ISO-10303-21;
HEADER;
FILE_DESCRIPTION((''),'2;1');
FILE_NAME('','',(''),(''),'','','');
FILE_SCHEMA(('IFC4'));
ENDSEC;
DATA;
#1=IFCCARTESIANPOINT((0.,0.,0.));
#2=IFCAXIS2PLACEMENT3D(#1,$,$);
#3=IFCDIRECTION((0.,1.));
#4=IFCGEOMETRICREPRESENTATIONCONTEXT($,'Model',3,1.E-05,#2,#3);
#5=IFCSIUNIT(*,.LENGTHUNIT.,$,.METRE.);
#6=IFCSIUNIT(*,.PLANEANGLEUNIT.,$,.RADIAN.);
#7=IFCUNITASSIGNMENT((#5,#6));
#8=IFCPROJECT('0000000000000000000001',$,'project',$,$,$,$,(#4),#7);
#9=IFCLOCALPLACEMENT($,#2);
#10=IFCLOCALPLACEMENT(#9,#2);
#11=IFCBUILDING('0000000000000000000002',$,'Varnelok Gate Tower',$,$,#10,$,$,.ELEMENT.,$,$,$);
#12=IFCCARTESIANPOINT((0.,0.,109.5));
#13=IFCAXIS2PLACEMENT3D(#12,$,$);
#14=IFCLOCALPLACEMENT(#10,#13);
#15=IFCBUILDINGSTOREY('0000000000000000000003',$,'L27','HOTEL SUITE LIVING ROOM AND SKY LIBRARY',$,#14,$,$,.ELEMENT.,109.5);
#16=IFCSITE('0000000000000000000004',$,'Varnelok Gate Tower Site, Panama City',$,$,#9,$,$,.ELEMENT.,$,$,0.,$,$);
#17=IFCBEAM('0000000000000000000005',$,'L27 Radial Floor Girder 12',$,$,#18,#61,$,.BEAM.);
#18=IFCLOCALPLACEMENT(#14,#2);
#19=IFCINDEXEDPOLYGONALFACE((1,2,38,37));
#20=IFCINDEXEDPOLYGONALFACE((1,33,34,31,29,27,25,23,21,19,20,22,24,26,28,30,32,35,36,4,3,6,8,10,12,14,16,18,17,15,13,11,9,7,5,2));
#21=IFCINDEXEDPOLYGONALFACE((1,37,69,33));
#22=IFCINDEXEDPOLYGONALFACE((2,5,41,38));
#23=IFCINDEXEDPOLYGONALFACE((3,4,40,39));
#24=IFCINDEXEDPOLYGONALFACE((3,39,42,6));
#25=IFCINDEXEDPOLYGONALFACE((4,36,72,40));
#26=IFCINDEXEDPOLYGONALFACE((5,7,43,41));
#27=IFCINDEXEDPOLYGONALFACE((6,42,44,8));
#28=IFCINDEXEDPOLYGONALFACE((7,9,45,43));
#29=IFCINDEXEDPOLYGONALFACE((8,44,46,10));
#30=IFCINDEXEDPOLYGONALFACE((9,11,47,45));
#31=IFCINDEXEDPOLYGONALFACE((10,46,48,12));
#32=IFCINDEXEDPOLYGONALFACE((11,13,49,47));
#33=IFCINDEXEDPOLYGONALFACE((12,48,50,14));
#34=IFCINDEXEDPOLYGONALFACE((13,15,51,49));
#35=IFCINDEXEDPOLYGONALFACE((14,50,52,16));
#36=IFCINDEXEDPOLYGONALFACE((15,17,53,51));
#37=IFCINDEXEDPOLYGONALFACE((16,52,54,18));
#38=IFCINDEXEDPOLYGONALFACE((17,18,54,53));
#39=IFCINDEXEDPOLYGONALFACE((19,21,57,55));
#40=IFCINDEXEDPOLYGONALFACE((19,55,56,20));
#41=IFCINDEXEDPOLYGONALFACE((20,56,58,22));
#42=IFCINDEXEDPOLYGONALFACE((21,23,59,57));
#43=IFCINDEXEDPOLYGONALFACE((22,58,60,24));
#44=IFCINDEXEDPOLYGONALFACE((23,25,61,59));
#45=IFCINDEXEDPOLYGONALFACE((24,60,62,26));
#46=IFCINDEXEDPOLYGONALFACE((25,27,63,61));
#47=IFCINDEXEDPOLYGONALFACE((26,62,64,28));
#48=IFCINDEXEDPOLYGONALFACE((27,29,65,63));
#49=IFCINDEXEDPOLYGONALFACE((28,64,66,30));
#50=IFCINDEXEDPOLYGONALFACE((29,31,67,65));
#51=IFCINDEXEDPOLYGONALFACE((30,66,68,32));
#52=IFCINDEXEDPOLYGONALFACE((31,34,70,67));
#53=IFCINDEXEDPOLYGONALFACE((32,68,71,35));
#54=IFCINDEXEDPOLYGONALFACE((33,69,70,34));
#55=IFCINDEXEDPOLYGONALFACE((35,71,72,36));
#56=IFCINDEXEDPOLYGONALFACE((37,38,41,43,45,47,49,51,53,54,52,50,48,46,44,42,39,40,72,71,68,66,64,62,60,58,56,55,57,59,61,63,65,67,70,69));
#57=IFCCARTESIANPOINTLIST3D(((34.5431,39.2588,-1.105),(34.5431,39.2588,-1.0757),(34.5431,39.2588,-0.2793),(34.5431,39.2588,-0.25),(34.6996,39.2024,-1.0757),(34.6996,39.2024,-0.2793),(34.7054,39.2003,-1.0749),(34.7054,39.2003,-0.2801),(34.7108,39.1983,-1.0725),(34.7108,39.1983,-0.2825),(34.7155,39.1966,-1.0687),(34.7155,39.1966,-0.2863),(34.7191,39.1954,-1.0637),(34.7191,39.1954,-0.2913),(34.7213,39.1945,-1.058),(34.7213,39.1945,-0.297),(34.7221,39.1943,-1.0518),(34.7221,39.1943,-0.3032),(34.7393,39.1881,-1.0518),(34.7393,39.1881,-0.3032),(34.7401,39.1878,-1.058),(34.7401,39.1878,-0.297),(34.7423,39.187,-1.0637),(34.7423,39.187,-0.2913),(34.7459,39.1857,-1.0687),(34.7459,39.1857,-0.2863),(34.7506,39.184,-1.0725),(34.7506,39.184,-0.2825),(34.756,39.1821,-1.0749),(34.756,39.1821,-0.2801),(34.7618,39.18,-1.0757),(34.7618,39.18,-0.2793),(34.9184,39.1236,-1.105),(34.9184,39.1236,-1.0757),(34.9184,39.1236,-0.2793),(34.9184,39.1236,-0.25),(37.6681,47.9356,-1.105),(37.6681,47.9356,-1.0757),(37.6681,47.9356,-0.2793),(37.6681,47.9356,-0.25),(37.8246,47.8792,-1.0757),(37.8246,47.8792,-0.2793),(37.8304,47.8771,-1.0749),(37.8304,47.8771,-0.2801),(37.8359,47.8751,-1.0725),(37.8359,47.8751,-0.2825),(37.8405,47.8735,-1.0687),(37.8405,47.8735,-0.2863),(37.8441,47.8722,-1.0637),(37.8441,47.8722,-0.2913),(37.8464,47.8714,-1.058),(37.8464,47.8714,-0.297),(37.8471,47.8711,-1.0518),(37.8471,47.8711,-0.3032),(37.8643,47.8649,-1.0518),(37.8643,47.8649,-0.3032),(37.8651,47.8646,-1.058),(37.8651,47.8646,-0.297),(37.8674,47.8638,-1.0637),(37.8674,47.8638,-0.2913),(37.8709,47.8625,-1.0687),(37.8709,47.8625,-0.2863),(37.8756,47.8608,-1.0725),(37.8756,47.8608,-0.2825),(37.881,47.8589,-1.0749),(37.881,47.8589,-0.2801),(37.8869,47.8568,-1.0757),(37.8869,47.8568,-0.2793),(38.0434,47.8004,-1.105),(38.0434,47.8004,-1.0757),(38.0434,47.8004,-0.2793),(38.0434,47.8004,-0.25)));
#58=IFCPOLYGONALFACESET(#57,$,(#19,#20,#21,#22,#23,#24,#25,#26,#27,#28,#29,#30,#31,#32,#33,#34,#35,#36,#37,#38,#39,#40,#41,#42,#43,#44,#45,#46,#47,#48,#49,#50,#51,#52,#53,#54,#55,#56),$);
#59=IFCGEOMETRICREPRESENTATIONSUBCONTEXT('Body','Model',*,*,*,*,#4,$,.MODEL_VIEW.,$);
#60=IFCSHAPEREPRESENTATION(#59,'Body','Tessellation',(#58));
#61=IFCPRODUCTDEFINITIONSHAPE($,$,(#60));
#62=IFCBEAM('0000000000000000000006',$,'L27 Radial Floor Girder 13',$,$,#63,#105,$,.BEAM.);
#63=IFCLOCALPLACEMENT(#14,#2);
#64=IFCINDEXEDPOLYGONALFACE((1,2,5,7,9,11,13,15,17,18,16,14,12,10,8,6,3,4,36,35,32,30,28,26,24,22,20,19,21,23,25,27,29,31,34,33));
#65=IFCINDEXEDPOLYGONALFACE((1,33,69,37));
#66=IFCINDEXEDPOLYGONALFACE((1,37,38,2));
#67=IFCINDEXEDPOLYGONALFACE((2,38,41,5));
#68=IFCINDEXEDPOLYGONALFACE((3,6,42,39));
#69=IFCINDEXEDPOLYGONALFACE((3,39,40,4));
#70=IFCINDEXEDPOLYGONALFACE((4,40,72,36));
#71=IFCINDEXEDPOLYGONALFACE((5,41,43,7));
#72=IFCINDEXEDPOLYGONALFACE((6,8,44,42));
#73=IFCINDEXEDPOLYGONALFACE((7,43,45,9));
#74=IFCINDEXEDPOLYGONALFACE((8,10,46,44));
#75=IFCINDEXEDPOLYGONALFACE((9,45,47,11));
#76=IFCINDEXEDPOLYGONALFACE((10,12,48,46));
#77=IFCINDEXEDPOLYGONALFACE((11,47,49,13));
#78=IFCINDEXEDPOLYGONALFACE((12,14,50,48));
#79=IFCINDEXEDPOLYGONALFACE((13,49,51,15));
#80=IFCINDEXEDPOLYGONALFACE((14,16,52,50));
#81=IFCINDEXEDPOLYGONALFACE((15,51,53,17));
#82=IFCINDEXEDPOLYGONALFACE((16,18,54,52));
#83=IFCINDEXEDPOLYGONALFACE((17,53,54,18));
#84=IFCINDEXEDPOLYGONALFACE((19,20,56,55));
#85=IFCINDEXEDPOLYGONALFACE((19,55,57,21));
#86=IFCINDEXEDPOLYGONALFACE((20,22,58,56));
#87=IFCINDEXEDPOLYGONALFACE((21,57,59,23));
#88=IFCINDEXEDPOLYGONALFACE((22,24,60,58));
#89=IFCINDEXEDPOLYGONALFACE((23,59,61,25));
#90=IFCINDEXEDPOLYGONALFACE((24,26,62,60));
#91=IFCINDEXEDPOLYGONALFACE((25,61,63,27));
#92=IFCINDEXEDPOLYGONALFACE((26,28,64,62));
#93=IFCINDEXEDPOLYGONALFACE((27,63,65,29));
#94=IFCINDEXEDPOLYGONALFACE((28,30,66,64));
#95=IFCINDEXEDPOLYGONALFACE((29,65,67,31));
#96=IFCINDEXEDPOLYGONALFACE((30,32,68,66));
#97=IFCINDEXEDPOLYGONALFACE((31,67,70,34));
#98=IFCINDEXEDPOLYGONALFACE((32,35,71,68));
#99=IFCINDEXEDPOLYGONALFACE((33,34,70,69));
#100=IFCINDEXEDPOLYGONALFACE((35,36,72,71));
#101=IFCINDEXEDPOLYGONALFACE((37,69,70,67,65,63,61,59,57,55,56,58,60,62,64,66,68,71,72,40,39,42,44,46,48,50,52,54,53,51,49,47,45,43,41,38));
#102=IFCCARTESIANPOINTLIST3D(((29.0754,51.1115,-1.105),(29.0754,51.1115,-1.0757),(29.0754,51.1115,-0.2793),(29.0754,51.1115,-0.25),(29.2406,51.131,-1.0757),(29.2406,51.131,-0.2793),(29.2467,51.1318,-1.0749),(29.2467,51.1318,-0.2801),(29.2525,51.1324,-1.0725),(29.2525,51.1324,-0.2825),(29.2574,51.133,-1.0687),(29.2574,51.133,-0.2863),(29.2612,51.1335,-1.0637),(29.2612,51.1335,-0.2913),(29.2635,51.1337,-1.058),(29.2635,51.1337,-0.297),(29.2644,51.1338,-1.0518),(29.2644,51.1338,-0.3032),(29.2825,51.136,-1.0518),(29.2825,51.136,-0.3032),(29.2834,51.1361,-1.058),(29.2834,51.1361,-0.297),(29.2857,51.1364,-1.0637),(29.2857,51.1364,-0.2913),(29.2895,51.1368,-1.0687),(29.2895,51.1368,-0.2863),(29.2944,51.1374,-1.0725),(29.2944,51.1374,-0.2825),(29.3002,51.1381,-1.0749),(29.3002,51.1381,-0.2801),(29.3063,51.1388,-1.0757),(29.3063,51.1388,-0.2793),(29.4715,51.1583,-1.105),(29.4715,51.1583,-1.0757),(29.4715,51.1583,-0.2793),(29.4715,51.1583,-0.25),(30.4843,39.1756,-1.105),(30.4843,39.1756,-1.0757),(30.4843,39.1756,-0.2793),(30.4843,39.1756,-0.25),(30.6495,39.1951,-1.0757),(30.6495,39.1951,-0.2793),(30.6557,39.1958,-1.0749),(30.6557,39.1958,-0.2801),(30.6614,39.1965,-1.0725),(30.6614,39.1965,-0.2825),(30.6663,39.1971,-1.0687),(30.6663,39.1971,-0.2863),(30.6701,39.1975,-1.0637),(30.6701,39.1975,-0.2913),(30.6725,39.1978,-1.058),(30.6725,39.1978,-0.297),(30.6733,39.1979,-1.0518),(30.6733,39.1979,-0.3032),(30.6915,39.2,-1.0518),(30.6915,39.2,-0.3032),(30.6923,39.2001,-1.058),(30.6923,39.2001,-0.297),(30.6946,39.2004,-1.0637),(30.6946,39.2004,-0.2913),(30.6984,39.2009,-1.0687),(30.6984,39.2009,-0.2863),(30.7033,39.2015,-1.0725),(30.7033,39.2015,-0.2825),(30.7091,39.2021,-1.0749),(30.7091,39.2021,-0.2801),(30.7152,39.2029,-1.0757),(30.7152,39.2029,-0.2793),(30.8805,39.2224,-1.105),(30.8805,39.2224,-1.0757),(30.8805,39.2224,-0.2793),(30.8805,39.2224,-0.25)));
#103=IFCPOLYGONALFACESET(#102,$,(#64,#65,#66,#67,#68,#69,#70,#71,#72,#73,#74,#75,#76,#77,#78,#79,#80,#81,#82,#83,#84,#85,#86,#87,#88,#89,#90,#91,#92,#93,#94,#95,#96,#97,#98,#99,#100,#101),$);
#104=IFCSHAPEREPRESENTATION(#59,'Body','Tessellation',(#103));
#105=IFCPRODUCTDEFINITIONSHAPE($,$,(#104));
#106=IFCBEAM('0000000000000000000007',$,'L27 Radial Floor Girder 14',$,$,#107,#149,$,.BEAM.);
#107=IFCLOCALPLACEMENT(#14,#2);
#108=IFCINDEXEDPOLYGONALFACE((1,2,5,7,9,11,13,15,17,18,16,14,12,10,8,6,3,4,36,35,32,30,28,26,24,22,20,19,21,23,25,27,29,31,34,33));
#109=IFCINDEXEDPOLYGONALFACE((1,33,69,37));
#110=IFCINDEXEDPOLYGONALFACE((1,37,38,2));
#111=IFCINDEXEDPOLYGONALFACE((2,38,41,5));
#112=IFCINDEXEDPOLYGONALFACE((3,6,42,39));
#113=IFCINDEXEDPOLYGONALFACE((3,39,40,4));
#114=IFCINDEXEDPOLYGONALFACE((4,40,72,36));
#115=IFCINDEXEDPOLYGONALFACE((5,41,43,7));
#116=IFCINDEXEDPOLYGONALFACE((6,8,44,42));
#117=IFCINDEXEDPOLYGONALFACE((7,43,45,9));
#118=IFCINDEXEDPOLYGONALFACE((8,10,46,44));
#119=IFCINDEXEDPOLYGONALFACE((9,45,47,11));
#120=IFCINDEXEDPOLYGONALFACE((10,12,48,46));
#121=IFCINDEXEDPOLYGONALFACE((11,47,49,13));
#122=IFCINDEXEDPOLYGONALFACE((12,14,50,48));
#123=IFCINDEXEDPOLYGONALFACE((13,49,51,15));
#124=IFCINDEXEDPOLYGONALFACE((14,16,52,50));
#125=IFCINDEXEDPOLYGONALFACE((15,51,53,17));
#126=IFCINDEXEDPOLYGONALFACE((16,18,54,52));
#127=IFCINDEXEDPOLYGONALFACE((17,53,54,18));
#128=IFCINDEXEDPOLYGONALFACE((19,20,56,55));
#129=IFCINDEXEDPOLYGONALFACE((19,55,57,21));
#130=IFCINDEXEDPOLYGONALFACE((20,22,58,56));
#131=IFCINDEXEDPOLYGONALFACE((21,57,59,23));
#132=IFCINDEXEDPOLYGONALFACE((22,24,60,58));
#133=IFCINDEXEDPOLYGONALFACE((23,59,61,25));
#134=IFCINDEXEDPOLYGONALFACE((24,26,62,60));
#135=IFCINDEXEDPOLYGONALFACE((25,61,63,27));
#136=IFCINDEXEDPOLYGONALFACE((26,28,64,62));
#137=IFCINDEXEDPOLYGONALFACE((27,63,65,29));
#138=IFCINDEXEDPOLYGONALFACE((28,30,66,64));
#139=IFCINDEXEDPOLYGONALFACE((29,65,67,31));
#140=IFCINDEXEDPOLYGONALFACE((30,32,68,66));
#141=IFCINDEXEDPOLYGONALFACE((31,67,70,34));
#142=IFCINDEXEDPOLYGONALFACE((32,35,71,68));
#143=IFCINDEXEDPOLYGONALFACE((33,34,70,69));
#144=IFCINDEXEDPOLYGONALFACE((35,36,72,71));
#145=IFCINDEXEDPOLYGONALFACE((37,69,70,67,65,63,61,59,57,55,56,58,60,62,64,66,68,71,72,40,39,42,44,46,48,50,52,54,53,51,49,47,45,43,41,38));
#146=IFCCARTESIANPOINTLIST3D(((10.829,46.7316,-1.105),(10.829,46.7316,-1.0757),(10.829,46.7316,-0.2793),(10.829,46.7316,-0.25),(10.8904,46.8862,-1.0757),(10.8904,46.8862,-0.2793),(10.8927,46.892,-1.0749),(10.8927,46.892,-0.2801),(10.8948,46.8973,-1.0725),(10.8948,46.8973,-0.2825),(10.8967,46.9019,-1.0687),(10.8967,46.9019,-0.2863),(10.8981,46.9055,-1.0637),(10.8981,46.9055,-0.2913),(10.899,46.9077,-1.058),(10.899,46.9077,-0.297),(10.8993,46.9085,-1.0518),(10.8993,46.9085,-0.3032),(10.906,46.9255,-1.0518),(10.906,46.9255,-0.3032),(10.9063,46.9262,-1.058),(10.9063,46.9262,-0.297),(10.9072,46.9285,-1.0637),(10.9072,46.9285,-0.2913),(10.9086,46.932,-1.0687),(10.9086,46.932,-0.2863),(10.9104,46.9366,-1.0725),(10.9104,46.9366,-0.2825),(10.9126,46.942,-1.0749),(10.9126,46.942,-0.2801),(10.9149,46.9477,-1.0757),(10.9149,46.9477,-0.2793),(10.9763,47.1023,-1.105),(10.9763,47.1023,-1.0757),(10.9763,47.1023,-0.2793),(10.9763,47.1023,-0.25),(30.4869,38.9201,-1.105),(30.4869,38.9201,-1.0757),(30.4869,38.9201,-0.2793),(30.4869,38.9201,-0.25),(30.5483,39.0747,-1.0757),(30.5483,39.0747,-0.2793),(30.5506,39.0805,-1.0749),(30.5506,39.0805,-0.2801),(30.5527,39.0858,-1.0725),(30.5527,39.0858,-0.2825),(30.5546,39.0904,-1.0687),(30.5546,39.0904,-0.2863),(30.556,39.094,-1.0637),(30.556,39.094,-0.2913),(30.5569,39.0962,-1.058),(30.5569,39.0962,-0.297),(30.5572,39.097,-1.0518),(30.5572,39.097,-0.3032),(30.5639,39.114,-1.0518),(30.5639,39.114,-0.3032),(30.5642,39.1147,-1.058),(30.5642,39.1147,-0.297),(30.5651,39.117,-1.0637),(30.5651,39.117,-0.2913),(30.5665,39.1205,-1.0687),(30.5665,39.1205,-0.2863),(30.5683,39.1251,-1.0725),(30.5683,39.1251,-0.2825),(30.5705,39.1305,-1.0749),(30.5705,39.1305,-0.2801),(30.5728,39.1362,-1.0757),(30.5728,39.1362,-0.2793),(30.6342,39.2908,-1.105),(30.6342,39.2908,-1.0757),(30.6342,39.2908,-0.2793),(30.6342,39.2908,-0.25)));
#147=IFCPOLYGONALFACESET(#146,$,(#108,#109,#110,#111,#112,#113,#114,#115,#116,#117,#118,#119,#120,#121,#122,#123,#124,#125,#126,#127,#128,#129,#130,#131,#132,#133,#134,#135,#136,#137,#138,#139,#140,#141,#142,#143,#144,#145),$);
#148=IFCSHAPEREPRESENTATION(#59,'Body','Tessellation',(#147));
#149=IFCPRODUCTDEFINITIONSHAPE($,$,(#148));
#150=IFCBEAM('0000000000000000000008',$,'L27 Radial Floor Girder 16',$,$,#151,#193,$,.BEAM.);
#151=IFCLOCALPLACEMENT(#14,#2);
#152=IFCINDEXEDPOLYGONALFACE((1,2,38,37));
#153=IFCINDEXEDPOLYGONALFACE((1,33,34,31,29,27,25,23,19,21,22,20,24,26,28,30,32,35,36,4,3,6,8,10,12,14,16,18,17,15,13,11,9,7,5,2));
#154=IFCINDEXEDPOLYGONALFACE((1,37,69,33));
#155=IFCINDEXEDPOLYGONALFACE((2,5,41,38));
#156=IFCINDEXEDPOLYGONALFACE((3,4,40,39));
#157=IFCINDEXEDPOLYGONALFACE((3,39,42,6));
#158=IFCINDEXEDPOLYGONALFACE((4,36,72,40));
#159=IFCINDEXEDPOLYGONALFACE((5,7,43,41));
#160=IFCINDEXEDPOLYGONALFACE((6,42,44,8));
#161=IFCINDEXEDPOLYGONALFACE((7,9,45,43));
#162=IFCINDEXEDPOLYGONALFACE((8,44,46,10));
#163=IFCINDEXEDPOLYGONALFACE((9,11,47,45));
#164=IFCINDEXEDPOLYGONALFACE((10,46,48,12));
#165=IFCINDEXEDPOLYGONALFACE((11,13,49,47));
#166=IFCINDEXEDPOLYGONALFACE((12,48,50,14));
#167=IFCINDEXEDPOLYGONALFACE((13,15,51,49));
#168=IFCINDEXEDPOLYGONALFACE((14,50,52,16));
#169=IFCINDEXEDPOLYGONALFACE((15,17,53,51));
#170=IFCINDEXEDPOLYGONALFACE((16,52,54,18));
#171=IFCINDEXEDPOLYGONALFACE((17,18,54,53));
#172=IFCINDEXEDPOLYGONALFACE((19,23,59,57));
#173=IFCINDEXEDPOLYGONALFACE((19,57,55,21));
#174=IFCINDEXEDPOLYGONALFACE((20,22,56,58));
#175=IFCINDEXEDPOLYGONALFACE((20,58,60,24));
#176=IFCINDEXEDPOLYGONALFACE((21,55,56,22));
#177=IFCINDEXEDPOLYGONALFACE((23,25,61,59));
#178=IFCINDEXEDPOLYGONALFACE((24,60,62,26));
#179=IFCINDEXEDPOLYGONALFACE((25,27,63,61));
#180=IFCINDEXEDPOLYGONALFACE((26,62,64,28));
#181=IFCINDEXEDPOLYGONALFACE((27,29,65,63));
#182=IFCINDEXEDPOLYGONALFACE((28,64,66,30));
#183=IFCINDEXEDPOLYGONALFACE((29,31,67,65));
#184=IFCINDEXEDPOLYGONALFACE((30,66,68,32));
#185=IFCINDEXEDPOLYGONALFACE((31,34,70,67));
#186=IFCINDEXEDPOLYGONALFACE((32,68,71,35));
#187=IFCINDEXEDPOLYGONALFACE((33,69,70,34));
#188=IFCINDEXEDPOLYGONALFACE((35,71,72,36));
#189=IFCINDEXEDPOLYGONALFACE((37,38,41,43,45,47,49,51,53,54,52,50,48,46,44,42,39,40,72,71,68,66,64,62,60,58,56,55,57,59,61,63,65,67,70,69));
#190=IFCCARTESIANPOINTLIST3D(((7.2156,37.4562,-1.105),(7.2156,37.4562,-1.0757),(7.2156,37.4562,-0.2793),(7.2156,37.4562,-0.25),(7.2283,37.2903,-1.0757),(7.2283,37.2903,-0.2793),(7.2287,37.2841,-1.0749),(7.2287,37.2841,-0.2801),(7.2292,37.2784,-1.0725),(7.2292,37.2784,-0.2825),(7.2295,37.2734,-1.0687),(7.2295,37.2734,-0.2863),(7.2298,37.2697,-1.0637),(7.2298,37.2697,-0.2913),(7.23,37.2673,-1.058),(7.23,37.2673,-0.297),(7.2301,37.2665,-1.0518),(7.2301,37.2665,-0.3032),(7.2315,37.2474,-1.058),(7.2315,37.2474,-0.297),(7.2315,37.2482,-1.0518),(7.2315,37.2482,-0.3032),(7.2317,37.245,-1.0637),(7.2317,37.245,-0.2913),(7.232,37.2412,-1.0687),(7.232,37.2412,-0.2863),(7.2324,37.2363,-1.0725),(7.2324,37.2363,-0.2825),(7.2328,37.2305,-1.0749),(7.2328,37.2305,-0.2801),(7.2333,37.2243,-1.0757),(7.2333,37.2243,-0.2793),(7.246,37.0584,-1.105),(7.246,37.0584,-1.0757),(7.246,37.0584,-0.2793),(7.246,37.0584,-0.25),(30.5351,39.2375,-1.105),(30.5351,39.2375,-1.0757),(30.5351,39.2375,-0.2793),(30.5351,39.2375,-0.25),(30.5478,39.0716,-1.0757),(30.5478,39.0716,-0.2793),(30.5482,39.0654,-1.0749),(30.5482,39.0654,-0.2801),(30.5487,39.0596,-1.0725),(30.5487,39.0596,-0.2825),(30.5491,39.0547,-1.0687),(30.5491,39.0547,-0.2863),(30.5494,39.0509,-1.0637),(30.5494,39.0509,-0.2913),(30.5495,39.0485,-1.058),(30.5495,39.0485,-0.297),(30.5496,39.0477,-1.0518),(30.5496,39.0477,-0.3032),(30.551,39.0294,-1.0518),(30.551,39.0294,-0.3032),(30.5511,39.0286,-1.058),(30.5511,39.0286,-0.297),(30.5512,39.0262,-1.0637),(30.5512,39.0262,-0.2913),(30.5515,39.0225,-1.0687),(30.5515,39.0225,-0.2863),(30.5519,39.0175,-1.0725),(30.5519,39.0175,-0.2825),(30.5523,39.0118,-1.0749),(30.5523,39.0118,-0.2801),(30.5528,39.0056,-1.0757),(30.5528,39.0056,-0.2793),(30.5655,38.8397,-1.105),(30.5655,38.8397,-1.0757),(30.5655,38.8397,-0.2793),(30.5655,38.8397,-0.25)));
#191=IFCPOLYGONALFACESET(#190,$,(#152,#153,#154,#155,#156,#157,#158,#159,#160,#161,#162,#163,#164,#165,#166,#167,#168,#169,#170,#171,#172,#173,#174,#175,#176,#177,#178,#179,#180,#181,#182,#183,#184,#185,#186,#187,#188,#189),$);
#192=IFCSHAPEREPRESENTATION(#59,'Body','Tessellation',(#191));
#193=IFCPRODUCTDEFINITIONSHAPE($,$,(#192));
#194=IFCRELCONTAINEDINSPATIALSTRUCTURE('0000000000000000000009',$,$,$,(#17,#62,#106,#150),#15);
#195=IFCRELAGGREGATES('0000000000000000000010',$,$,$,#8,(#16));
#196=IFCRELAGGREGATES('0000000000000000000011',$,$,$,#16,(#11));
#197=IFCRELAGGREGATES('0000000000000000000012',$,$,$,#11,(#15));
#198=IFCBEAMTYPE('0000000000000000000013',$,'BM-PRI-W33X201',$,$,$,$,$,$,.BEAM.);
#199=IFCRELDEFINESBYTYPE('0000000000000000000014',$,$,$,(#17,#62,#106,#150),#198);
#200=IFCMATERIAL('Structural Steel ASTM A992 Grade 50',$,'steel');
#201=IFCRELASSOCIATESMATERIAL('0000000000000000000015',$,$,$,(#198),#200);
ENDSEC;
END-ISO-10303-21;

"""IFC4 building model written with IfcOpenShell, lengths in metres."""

from ifc_helpers import new_model, si_unit, direction, frame, origin, origin_2d, place, context, subcontext, project, spatial, i_section, extrude, material, material_profile, profile_set, type_object, element, save


model = new_model("IFC4")

# Units and contexts
model_context = context("Model", 3, precision=1e-05, world=origin(), true_north=direction((0.0, 1.0)))
body_context = subcontext(model_context, "Body", "Model", "MODEL_VIEW")
ifc_project = project(units=[si_unit("LENGTHUNIT", "METRE"), si_unit("PLANEANGLEUNIT", "RADIAN")], contexts=[model_context])

# Site, building, storey
site_placement = place(None, origin())
site = spatial("IfcSite", under=ifc_project, at=site_placement, Name="Varnelok Gate Tower Site, Panama City", CompositionType="ELEMENT", RefElevation=0.0)
building_placement = place(site_placement, origin())
building = spatial("IfcBuilding", under=site, at=building_placement, Name="Varnelok Gate Tower", CompositionType="ELEMENT")
storey_placement = place(building_placement, frame((0.0, 0.0, 109.5)))
storey = spatial("IfcBuildingStorey", under=building, at=storey_placement, Name="L27", Description="HOTEL SUITE LIVING ROOM AND SKY LIBRARY", CompositionType="ELEMENT", Elevation=109.5)

# Shared definitions
ifc_material_1 = material(Name="Structural Steel ASTM A992 Grade 50", Category="steel")

# Beams
ifc_material_profile_1 = material_profile(ifc_material_1, i_section(OverallWidth=0.3989, OverallDepth=0.855, WebThickness=0.0183, FlangeThickness=0.0293, FilletRadius=0.0239, at=origin_2d()), Name="W33X201")
ifc_profile_set_1 = profile_set([ifc_material_profile_1], Name="Structural Steel ASTM A992 Grade 50")
beam_type_1 = type_object("IfcBeamType", Name="BM-PRI-W33X201", PredefinedType="BEAM", material=ifc_profile_set_1)
beam_1_placement = place(storey_placement, frame((34.7307, 39.1912, -0.6775), z_axis=(0.338851, 0.94084, 0.0), x_axis=(-0.94084, 0.338851, 0.0)))
element("IfcBeam", 1, at=beam_1_placement, inside=storey, type_object=beam_type_1, Name="L27 Radial Floor Girder 12", PredefinedType="BEAM", context=body_context, shape_type="SweptSolid", body=[
    extrude(i_section(OverallWidth=0.3989, OverallDepth=0.855, WebThickness=0.0183, FlangeThickness=0.0293, FilletRadius=0.0239, at=origin_2d()), origin(), (0.0, 0.0, 1.0), 9.2224),
])
beam_2_placement = place(storey_placement, frame((30.6824, 39.199, -0.6775), z_axis=(-0.117227, 0.993105, 0.0), x_axis=(-0.993105, -0.117227, 0.0)))
element("IfcBeam", 2, at=beam_2_placement, inside=storey, type_object=beam_type_1, Name="L27 Radial Floor Girder 13", PredefinedType="BEAM", context=body_context, shape_type="SweptSolid", body=[
    extrude(i_section(OverallWidth=0.3989, OverallDepth=0.855, WebThickness=0.0183, FlangeThickness=0.0293, FilletRadius=0.0239, at=origin_2d()), origin(), (0.0, 0.0, 1.0), 12.0188),
])
beam_3_placement = place(storey_placement, frame((30.5605, 39.1055, -0.6775), z_axis=(-0.929316, 0.369284, 0.0), x_axis=(-0.369284, -0.929316, 0.0)))
element("IfcBeam", 3, at=beam_3_placement, inside=storey, type_object=beam_type_1, Name="L27 Radial Floor Girder 14", PredefinedType="BEAM", context=body_context, shape_type="SweptSolid", body=[
    extrude(i_section(OverallWidth=0.3989, OverallDepth=0.855, WebThickness=0.0183, FlangeThickness=0.0293, FilletRadius=0.0239, at=origin_2d()), origin(), (0.0, 0.0, 1.0), 21.1531),
])
beam_4_placement = place(storey_placement, frame((30.5503, 39.0386, -0.6775), z_axis=(-0.997095, -0.076162, 0.0), x_axis=(0.076162, -0.997095, 0.0)))
element("IfcBeam", 4, at=beam_4_placement, inside=storey, type_object=beam_type_1, Name="L27 Radial Floor Girder 16", PredefinedType="BEAM", context=body_context, shape_type="SweptSolid", body=[
    extrude(i_section(OverallWidth=0.3989, OverallDepth=0.855, WebThickness=0.0183, FlangeThickness=0.0293, FilletRadius=0.0239, at=origin_2d()), origin(), (0.0, 0.0, 1.0), 23.3875),
])

save(model, "model.ifc")
